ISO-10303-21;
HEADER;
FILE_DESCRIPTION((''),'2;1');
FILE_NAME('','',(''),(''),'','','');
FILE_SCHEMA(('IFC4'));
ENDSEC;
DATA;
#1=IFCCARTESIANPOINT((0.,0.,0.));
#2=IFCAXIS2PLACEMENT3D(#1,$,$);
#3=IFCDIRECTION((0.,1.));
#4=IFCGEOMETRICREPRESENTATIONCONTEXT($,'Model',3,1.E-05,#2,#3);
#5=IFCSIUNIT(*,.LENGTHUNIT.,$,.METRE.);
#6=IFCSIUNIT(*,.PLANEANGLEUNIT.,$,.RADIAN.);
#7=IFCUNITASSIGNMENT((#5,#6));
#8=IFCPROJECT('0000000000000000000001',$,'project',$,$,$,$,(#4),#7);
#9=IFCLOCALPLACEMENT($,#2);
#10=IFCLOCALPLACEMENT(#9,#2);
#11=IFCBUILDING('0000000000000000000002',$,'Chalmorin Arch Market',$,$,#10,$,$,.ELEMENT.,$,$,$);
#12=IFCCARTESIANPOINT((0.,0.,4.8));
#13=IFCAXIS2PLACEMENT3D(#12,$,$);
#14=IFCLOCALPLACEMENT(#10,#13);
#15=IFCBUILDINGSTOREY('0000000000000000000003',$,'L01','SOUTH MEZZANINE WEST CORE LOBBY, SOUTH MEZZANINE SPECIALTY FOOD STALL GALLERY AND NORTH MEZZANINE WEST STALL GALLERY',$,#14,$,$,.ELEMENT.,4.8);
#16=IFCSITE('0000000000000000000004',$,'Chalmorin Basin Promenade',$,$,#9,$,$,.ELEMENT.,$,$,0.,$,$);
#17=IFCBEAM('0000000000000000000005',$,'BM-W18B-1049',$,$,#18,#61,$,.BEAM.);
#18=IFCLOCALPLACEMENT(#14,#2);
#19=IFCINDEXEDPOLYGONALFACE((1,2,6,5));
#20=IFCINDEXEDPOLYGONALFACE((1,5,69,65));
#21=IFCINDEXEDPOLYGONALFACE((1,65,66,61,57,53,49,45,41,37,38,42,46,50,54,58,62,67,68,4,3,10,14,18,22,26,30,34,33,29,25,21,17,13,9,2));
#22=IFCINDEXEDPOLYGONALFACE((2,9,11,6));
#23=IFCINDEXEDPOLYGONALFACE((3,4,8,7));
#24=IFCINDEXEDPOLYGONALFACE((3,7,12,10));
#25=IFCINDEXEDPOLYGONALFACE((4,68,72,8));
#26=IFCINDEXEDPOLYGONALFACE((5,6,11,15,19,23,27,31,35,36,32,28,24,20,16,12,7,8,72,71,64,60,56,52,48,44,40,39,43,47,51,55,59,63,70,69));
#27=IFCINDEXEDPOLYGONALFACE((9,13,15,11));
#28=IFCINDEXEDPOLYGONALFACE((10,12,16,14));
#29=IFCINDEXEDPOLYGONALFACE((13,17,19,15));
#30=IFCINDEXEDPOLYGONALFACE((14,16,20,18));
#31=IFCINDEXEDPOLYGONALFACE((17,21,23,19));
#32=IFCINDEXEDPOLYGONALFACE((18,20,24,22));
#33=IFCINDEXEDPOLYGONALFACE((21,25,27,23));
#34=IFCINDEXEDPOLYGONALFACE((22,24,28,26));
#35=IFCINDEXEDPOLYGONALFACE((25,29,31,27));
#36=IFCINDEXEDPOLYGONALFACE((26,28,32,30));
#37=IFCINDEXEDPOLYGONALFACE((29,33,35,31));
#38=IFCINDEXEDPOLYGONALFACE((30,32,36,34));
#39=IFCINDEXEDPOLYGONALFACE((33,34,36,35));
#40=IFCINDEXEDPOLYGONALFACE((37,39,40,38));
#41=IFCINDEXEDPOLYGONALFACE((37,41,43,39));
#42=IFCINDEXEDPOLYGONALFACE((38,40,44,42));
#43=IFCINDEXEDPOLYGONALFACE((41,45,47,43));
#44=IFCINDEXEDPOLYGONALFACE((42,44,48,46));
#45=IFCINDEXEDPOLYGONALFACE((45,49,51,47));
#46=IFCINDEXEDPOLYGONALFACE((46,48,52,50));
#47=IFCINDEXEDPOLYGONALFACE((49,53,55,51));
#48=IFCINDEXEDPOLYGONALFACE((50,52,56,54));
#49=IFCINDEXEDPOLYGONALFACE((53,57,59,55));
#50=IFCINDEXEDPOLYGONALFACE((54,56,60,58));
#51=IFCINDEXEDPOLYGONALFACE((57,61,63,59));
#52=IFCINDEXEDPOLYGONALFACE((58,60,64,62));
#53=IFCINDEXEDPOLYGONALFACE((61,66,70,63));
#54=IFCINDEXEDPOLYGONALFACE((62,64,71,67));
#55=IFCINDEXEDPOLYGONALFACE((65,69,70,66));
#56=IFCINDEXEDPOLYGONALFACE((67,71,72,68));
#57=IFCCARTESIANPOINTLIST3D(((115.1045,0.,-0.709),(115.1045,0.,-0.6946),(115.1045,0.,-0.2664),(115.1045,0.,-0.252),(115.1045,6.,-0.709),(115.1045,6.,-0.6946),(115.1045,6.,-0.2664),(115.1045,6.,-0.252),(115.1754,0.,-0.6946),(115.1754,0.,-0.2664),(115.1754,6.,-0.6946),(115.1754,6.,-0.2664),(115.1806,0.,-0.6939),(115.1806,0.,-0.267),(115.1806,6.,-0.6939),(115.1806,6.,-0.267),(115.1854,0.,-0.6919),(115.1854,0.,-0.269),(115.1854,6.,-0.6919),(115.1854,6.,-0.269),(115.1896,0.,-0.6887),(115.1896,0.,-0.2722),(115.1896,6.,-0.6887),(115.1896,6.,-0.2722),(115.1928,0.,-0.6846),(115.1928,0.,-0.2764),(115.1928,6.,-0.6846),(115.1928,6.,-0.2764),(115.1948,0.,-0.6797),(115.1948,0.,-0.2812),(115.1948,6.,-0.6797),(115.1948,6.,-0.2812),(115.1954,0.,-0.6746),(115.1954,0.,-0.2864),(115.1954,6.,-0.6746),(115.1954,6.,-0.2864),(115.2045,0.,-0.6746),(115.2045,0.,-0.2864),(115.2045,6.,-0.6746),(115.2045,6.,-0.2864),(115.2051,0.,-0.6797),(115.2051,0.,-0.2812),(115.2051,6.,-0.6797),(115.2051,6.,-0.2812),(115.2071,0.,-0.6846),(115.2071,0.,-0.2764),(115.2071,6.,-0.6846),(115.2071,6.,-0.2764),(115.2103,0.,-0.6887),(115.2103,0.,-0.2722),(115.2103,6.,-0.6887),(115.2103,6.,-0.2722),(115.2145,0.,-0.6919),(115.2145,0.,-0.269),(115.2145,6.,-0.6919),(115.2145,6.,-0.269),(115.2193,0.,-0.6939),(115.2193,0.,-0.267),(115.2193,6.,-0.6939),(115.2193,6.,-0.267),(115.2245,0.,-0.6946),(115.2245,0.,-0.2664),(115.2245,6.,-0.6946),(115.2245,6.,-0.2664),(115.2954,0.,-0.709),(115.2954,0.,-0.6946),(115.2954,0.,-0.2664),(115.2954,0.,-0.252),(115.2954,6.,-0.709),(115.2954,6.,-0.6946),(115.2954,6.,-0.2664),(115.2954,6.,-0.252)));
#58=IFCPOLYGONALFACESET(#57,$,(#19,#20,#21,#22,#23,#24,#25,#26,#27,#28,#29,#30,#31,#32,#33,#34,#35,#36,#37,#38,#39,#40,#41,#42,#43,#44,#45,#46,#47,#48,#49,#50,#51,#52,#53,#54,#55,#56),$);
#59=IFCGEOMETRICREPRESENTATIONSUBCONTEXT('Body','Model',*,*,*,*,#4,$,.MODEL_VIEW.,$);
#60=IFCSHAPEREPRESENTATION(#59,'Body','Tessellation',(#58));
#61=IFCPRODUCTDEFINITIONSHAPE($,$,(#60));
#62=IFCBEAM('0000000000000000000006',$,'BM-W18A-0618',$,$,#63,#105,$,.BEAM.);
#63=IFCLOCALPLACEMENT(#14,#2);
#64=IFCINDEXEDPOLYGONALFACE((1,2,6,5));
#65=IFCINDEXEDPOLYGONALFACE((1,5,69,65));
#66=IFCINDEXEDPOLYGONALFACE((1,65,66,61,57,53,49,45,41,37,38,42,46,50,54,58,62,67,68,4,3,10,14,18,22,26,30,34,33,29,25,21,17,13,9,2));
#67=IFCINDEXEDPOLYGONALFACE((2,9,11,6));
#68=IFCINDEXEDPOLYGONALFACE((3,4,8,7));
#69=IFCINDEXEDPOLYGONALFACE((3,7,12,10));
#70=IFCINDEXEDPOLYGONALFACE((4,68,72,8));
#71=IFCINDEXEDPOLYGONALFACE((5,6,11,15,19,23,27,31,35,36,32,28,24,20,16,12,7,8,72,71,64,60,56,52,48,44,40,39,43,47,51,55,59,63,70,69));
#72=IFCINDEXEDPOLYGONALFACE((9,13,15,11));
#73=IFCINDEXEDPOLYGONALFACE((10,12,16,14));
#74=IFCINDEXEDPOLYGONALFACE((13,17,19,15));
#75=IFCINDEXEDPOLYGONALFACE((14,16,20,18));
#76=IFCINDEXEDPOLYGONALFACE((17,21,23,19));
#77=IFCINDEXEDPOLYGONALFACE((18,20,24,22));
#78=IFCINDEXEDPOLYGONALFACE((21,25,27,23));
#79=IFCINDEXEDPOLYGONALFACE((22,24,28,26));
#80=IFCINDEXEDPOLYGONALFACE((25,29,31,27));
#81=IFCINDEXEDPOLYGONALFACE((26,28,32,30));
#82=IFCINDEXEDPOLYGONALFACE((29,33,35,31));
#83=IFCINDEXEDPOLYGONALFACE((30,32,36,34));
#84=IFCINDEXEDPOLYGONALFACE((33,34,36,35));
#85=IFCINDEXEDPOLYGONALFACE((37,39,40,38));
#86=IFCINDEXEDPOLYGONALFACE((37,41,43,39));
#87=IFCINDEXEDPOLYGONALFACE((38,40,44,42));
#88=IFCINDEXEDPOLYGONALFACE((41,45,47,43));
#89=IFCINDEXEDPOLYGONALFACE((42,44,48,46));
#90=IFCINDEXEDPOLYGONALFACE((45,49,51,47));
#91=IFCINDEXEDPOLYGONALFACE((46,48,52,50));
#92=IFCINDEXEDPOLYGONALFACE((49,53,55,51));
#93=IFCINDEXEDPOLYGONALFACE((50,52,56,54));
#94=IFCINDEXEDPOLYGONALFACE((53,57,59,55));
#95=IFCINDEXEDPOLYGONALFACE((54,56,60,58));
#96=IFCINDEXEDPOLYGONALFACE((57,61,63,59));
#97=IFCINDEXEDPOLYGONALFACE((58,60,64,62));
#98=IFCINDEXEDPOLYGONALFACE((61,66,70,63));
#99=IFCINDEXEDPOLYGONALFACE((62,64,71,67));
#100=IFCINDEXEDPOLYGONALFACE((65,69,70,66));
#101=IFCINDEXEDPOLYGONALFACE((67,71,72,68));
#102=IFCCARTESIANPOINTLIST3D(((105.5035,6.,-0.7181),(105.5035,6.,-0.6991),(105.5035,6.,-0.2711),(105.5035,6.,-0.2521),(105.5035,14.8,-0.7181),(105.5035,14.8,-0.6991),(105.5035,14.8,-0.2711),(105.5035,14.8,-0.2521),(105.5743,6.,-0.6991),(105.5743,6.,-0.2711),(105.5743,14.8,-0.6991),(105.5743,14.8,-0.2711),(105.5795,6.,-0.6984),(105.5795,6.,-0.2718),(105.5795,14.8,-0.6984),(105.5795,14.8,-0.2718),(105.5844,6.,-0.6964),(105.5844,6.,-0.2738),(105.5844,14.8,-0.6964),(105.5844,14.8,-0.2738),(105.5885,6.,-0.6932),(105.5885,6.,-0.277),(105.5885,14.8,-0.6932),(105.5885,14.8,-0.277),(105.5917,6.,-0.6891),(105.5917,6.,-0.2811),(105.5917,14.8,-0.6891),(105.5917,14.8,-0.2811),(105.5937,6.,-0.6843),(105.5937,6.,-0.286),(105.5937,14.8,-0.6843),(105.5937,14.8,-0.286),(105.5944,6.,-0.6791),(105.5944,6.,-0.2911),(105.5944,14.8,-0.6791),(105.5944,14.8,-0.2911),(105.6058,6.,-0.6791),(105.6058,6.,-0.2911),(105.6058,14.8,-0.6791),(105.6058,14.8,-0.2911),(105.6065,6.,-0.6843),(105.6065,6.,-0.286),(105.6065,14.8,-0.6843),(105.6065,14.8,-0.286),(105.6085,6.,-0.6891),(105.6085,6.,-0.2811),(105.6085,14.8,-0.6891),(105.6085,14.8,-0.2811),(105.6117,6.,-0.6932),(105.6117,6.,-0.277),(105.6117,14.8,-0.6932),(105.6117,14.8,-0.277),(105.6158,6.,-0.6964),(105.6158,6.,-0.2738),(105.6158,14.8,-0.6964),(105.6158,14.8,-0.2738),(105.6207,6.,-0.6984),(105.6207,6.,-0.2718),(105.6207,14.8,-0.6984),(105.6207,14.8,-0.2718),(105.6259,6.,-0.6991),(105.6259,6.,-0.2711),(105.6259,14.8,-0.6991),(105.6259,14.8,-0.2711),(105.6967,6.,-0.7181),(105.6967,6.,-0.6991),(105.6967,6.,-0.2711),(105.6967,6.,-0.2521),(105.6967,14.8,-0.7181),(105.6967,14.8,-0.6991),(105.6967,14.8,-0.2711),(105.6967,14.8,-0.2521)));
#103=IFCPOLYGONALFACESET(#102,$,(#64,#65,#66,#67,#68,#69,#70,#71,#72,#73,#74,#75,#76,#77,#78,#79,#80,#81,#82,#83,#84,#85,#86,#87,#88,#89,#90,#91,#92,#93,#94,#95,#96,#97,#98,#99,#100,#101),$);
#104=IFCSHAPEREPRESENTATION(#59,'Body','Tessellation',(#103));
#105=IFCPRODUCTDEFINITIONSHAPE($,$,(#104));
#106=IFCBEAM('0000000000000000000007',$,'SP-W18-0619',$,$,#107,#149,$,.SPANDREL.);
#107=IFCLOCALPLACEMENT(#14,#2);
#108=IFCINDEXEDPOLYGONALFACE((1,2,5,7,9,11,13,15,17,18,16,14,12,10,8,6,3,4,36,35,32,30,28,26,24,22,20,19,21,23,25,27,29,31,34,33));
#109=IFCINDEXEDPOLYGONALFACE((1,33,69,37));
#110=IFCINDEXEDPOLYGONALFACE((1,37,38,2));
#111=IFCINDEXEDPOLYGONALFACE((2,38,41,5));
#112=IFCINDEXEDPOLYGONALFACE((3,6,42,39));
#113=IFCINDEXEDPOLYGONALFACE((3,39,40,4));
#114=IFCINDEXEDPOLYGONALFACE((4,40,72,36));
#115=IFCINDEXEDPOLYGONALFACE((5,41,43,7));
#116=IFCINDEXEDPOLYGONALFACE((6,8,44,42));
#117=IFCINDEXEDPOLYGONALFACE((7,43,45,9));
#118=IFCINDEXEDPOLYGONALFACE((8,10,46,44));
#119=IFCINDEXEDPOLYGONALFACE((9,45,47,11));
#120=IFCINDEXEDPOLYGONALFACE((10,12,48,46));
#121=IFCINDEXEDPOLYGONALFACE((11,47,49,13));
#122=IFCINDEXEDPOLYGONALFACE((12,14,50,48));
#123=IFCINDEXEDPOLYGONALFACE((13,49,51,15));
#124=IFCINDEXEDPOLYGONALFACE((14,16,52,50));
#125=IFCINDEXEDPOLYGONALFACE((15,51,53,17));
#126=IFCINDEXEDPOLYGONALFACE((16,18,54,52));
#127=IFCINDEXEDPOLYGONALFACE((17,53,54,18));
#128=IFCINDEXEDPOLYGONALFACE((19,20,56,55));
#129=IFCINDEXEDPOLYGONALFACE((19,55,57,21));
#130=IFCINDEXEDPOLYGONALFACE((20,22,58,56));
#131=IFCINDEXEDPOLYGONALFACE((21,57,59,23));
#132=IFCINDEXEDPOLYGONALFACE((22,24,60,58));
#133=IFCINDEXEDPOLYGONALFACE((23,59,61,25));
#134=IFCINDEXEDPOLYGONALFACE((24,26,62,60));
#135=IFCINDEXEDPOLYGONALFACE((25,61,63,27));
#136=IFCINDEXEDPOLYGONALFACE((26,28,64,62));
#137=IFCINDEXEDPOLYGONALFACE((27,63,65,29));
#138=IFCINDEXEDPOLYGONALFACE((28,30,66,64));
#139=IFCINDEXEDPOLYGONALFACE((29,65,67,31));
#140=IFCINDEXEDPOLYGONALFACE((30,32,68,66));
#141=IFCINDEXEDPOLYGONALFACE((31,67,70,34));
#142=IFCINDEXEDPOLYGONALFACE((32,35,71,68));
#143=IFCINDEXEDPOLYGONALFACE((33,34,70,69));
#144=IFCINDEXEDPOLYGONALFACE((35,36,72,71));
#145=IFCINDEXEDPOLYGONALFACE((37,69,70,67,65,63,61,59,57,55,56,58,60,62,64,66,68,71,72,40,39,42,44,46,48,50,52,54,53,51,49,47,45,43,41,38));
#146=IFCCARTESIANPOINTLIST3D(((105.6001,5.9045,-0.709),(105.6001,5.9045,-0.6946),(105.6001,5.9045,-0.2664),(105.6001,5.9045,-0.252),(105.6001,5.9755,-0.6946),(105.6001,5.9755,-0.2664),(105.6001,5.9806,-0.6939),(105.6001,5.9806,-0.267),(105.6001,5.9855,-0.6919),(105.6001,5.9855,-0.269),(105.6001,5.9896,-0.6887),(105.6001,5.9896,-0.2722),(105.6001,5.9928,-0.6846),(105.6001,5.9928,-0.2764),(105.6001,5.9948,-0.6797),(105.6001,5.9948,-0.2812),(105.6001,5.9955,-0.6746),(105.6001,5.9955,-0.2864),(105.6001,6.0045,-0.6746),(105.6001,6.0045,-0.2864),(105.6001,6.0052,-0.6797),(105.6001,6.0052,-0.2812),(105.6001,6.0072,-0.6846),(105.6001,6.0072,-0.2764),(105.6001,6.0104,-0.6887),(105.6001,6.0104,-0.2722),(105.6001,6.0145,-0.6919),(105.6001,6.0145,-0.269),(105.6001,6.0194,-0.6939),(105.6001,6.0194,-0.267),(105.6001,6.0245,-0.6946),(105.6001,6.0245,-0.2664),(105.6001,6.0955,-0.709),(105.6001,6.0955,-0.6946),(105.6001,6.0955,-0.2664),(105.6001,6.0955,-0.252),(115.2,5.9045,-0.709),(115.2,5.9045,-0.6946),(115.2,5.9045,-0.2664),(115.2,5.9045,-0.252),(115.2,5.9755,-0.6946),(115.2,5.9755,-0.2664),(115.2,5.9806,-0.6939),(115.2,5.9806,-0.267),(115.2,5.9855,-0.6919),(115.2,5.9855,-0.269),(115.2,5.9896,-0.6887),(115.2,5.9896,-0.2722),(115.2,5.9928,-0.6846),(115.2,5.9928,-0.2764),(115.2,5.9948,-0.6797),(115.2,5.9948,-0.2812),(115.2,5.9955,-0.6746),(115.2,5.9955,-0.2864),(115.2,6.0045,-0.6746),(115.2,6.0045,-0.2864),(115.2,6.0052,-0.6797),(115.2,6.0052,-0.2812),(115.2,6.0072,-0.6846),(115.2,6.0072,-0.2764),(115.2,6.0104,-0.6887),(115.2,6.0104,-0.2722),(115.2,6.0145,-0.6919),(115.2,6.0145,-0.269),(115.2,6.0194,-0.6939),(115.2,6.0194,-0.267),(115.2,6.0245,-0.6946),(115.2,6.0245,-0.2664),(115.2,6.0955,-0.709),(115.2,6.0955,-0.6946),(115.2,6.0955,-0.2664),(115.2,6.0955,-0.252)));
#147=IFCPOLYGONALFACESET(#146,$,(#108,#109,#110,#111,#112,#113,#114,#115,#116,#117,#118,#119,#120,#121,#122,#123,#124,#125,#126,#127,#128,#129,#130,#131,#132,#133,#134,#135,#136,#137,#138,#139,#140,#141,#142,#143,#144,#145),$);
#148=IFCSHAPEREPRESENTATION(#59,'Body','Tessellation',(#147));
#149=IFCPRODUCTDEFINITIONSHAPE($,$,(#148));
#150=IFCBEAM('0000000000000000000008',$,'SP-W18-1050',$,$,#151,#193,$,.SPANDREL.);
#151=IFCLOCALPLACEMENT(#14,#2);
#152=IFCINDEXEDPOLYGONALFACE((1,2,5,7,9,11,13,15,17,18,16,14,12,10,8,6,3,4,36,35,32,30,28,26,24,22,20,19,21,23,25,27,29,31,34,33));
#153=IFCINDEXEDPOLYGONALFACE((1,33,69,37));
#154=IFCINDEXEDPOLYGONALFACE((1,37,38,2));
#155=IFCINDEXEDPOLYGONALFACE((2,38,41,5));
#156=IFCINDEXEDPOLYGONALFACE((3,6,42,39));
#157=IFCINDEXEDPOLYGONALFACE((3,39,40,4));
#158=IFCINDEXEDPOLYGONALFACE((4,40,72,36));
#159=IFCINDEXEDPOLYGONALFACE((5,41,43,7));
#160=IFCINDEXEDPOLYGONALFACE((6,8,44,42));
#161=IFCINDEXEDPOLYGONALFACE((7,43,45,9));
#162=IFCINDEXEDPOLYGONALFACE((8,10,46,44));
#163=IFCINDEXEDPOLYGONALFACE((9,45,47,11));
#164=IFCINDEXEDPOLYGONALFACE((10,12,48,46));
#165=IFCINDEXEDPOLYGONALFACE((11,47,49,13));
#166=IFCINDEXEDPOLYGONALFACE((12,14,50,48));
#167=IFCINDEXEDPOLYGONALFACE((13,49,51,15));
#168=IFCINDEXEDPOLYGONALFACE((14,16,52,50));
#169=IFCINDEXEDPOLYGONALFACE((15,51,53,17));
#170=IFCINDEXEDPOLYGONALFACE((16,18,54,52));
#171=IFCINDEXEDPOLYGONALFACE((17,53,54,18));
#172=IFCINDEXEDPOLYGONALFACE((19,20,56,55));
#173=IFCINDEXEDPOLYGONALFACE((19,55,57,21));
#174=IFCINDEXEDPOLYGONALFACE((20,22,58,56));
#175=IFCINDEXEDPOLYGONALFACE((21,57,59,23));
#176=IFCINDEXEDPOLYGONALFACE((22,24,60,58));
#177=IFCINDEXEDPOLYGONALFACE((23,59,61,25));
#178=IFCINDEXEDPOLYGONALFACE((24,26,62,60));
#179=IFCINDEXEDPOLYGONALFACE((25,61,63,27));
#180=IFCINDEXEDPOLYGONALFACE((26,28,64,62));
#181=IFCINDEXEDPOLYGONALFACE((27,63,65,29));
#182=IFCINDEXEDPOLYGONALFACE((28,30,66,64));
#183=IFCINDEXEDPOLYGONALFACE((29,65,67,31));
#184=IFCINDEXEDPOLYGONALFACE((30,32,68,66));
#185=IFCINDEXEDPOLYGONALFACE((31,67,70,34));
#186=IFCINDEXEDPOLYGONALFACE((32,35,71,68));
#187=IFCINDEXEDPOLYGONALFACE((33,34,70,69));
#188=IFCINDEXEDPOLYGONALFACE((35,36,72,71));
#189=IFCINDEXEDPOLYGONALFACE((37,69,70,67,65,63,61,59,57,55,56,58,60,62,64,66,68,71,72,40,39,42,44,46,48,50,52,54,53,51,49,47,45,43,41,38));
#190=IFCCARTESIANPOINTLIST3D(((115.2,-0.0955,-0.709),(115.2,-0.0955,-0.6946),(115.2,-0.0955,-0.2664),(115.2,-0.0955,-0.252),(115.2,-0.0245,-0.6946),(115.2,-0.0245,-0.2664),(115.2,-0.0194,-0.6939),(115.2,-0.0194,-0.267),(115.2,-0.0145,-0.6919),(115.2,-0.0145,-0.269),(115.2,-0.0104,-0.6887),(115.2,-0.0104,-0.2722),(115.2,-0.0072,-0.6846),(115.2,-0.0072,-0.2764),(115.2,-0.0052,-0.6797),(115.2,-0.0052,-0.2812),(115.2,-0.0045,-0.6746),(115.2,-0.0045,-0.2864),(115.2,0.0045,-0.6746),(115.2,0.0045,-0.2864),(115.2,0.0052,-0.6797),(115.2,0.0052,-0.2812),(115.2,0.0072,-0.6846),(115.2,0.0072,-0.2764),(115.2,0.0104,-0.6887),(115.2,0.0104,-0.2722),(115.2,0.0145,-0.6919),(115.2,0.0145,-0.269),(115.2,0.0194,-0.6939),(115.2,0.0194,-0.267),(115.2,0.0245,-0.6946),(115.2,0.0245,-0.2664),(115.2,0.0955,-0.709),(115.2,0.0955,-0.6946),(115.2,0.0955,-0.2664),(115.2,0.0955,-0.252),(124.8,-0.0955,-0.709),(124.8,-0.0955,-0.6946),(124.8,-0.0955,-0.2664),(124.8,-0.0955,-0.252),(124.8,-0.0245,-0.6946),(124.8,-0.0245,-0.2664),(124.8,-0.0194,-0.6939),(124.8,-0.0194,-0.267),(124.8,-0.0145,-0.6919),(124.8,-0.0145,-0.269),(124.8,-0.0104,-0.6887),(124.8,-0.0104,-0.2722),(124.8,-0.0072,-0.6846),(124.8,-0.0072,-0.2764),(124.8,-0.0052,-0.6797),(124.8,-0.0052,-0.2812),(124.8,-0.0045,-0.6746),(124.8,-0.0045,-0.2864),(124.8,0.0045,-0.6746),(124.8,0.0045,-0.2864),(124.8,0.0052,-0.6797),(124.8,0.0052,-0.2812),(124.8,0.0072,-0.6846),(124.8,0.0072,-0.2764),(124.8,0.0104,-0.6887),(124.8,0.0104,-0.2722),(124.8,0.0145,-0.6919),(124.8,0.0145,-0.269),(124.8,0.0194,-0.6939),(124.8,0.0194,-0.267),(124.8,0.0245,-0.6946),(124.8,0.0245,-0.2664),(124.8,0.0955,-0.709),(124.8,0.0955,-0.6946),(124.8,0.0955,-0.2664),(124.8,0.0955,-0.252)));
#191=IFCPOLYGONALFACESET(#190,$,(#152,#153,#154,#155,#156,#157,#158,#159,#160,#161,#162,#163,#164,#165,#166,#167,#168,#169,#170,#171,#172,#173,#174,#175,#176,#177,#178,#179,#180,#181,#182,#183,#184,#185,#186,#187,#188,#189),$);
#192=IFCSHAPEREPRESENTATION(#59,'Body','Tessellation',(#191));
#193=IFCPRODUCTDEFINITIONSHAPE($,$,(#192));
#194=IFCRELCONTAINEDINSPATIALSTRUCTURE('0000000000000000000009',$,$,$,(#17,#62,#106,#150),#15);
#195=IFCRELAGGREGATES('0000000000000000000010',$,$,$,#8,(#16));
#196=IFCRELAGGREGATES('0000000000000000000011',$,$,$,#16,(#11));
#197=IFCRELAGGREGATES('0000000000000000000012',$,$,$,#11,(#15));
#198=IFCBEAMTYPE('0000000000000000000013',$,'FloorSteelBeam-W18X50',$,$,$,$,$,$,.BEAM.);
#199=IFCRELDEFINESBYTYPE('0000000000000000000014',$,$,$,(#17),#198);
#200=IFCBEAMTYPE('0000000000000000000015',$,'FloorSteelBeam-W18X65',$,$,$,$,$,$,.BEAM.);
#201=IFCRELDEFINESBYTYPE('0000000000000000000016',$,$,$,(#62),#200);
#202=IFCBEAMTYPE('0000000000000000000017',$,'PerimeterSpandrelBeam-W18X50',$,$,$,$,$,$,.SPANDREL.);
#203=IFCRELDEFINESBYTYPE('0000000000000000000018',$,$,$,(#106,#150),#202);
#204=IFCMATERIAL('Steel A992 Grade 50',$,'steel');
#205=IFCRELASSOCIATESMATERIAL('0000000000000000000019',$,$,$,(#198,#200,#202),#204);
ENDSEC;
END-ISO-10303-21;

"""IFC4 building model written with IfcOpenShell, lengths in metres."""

from ifc_helpers import new_model, si_unit, direction, frame, origin, origin_2d, place, context, subcontext, project, spatial, i_section, extrude, material, material_profile, profile_set, type_object, element, save


model = new_model("IFC4")

# Units and contexts
model_context = context("Model", 3, precision=1e-05, world=origin(), true_north=direction((0.0, 1.0)))
body_context = subcontext(model_context, "Body", "Model", "MODEL_VIEW")
ifc_project = project(units=[si_unit("LENGTHUNIT", "METRE"), si_unit("PLANEANGLEUNIT", "RADIAN")], contexts=[model_context])

# Site, building, storey
site_placement = place(None, origin())
site = spatial("IfcSite", under=ifc_project, at=site_placement, Name="Chalmorin Basin Promenade", CompositionType="ELEMENT", RefElevation=0.0)
building_placement = place(site_placement, origin())
building = spatial("IfcBuilding", under=site, at=building_placement, Name="Chalmorin Arch Market", CompositionType="ELEMENT")
storey_placement = place(building_placement, frame((0.0, 0.0, 4.8)))
storey = spatial("IfcBuildingStorey", under=building, at=storey_placement, Name="L01", Description="SOUTH MEZZANINE WEST CORE LOBBY, SOUTH MEZZANINE SPECIALTY FOOD STALL GALLERY AND NORTH MEZZANINE WEST STALL GALLERY", CompositionType="ELEMENT", Elevation=4.8)

# Beams
ifc_material_1 = material(Name="Steel A992 Grade 50", Category="steel")
ifc_material_profile_1 = material_profile(ifc_material_1, i_section(OverallWidth=0.1909, OverallDepth=0.457, WebThickness=0.009, FlangeThickness=0.0144, FilletRadius=0.02, at=origin_2d()), Name="W18X50")
ifc_profile_set_1 = profile_set([ifc_material_profile_1], Name="Steel A992 Grade 50")
beam_type_1 = type_object("IfcBeamType", Name="FloorSteelBeam-W18X50", PredefinedType="BEAM", material=ifc_profile_set_1)
beam_1_placement = place(storey_placement, frame((115.2, 0.0, -0.4805), z_axis=(0.0, 1.0, 0.0), x_axis=(-1.0, 0.0, 0.0)))
element("IfcBeam", 1, at=beam_1_placement, inside=storey, type_object=beam_type_1, Name="BM-W18B-1049", PredefinedType="BEAM", context=body_context, shape_type="SweptSolid", body=[
    extrude(i_section(OverallWidth=0.1909, OverallDepth=0.457, WebThickness=0.009, FlangeThickness=0.0144, FilletRadius=0.02, at=origin_2d()), origin(), (0.0, 0.0, 1.0), 6.0),
])
ifc_material_profile_2 = material_profile(ifc_material_1, i_section(OverallWidth=0.1931, OverallDepth=0.4661, WebThickness=0.0115, FlangeThickness=0.019, FilletRadius=0.02, at=origin_2d()), Name="W18X65")
ifc_profile_set_2 = profile_set([ifc_material_profile_2], Name="Steel A992 Grade 50")
beam_type_2 = type_object("IfcBeamType", Name="FloorSteelBeam-W18X65", PredefinedType="BEAM", material=ifc_profile_set_2)
beam_2_placement = place(storey_placement, frame((105.6001, 6.0, -0.4851), z_axis=(0.0, 1.0, 0.0), x_axis=(-1.0, 0.0, 0.0)))
element("IfcBeam", 2, at=beam_2_placement, inside=storey, type_object=beam_type_2, Name="BM-W18A-0618", PredefinedType="BEAM", context=body_context, shape_type="SweptSolid", body=[
    extrude(i_section(OverallWidth=0.1931, OverallDepth=0.4661, WebThickness=0.0115, FlangeThickness=0.019, FilletRadius=0.02, at=origin_2d()), origin(), (0.0, 0.0, 1.0), 8.8),
])
ifc_material_profile_3 = material_profile(ifc_material_1, i_section(OverallWidth=0.1909, OverallDepth=0.457, WebThickness=0.009, FlangeThickness=0.0144, FilletRadius=0.02, at=origin_2d()), Name="W18X50")
ifc_profile_set_3 = profile_set([ifc_material_profile_3], Name="Steel A992 Grade 50")
beam_type_3 = type_object("IfcBeamType", Name="PerimeterSpandrelBeam-W18X50", PredefinedType="SPANDREL", material=ifc_profile_set_3)
beam_3_placement = place(storey_placement, frame((105.6001, 6.0, -0.4805), z_axis=(1.0, 0.0, 0.0), x_axis=(0.0, 1.0, 0.0)))
element("IfcBeam", 3, at=beam_3_placement, inside=storey, type_object=beam_type_3, Name="SP-W18-0619", PredefinedType="SPANDREL", context=body_context, shape_type="SweptSolid", body=[
    extrude(i_section(OverallWidth=0.1909, OverallDepth=0.457, WebThickness=0.009, FlangeThickness=0.0144, FilletRadius=0.02, at=origin_2d()), origin(), (0.0, 0.0, 1.0), 9.5999),
])
beam_4_placement = place(storey_placement, frame((115.2, 0.0, -0.4805), z_axis=(1.0, 0.0, 0.0), x_axis=(0.0, 1.0, 0.0)))
element("IfcBeam", 4, at=beam_4_placement, inside=storey, type_object=beam_type_3, Name="SP-W18-1050", PredefinedType="SPANDREL", context=body_context, shape_type="SweptSolid", body=[
    extrude(i_section(OverallWidth=0.1909, OverallDepth=0.457, WebThickness=0.009, FlangeThickness=0.0144, FilletRadius=0.02, at=origin_2d()), origin(), (0.0, 0.0, 1.0), 9.6001),
])

save(model, "model.ifc")
